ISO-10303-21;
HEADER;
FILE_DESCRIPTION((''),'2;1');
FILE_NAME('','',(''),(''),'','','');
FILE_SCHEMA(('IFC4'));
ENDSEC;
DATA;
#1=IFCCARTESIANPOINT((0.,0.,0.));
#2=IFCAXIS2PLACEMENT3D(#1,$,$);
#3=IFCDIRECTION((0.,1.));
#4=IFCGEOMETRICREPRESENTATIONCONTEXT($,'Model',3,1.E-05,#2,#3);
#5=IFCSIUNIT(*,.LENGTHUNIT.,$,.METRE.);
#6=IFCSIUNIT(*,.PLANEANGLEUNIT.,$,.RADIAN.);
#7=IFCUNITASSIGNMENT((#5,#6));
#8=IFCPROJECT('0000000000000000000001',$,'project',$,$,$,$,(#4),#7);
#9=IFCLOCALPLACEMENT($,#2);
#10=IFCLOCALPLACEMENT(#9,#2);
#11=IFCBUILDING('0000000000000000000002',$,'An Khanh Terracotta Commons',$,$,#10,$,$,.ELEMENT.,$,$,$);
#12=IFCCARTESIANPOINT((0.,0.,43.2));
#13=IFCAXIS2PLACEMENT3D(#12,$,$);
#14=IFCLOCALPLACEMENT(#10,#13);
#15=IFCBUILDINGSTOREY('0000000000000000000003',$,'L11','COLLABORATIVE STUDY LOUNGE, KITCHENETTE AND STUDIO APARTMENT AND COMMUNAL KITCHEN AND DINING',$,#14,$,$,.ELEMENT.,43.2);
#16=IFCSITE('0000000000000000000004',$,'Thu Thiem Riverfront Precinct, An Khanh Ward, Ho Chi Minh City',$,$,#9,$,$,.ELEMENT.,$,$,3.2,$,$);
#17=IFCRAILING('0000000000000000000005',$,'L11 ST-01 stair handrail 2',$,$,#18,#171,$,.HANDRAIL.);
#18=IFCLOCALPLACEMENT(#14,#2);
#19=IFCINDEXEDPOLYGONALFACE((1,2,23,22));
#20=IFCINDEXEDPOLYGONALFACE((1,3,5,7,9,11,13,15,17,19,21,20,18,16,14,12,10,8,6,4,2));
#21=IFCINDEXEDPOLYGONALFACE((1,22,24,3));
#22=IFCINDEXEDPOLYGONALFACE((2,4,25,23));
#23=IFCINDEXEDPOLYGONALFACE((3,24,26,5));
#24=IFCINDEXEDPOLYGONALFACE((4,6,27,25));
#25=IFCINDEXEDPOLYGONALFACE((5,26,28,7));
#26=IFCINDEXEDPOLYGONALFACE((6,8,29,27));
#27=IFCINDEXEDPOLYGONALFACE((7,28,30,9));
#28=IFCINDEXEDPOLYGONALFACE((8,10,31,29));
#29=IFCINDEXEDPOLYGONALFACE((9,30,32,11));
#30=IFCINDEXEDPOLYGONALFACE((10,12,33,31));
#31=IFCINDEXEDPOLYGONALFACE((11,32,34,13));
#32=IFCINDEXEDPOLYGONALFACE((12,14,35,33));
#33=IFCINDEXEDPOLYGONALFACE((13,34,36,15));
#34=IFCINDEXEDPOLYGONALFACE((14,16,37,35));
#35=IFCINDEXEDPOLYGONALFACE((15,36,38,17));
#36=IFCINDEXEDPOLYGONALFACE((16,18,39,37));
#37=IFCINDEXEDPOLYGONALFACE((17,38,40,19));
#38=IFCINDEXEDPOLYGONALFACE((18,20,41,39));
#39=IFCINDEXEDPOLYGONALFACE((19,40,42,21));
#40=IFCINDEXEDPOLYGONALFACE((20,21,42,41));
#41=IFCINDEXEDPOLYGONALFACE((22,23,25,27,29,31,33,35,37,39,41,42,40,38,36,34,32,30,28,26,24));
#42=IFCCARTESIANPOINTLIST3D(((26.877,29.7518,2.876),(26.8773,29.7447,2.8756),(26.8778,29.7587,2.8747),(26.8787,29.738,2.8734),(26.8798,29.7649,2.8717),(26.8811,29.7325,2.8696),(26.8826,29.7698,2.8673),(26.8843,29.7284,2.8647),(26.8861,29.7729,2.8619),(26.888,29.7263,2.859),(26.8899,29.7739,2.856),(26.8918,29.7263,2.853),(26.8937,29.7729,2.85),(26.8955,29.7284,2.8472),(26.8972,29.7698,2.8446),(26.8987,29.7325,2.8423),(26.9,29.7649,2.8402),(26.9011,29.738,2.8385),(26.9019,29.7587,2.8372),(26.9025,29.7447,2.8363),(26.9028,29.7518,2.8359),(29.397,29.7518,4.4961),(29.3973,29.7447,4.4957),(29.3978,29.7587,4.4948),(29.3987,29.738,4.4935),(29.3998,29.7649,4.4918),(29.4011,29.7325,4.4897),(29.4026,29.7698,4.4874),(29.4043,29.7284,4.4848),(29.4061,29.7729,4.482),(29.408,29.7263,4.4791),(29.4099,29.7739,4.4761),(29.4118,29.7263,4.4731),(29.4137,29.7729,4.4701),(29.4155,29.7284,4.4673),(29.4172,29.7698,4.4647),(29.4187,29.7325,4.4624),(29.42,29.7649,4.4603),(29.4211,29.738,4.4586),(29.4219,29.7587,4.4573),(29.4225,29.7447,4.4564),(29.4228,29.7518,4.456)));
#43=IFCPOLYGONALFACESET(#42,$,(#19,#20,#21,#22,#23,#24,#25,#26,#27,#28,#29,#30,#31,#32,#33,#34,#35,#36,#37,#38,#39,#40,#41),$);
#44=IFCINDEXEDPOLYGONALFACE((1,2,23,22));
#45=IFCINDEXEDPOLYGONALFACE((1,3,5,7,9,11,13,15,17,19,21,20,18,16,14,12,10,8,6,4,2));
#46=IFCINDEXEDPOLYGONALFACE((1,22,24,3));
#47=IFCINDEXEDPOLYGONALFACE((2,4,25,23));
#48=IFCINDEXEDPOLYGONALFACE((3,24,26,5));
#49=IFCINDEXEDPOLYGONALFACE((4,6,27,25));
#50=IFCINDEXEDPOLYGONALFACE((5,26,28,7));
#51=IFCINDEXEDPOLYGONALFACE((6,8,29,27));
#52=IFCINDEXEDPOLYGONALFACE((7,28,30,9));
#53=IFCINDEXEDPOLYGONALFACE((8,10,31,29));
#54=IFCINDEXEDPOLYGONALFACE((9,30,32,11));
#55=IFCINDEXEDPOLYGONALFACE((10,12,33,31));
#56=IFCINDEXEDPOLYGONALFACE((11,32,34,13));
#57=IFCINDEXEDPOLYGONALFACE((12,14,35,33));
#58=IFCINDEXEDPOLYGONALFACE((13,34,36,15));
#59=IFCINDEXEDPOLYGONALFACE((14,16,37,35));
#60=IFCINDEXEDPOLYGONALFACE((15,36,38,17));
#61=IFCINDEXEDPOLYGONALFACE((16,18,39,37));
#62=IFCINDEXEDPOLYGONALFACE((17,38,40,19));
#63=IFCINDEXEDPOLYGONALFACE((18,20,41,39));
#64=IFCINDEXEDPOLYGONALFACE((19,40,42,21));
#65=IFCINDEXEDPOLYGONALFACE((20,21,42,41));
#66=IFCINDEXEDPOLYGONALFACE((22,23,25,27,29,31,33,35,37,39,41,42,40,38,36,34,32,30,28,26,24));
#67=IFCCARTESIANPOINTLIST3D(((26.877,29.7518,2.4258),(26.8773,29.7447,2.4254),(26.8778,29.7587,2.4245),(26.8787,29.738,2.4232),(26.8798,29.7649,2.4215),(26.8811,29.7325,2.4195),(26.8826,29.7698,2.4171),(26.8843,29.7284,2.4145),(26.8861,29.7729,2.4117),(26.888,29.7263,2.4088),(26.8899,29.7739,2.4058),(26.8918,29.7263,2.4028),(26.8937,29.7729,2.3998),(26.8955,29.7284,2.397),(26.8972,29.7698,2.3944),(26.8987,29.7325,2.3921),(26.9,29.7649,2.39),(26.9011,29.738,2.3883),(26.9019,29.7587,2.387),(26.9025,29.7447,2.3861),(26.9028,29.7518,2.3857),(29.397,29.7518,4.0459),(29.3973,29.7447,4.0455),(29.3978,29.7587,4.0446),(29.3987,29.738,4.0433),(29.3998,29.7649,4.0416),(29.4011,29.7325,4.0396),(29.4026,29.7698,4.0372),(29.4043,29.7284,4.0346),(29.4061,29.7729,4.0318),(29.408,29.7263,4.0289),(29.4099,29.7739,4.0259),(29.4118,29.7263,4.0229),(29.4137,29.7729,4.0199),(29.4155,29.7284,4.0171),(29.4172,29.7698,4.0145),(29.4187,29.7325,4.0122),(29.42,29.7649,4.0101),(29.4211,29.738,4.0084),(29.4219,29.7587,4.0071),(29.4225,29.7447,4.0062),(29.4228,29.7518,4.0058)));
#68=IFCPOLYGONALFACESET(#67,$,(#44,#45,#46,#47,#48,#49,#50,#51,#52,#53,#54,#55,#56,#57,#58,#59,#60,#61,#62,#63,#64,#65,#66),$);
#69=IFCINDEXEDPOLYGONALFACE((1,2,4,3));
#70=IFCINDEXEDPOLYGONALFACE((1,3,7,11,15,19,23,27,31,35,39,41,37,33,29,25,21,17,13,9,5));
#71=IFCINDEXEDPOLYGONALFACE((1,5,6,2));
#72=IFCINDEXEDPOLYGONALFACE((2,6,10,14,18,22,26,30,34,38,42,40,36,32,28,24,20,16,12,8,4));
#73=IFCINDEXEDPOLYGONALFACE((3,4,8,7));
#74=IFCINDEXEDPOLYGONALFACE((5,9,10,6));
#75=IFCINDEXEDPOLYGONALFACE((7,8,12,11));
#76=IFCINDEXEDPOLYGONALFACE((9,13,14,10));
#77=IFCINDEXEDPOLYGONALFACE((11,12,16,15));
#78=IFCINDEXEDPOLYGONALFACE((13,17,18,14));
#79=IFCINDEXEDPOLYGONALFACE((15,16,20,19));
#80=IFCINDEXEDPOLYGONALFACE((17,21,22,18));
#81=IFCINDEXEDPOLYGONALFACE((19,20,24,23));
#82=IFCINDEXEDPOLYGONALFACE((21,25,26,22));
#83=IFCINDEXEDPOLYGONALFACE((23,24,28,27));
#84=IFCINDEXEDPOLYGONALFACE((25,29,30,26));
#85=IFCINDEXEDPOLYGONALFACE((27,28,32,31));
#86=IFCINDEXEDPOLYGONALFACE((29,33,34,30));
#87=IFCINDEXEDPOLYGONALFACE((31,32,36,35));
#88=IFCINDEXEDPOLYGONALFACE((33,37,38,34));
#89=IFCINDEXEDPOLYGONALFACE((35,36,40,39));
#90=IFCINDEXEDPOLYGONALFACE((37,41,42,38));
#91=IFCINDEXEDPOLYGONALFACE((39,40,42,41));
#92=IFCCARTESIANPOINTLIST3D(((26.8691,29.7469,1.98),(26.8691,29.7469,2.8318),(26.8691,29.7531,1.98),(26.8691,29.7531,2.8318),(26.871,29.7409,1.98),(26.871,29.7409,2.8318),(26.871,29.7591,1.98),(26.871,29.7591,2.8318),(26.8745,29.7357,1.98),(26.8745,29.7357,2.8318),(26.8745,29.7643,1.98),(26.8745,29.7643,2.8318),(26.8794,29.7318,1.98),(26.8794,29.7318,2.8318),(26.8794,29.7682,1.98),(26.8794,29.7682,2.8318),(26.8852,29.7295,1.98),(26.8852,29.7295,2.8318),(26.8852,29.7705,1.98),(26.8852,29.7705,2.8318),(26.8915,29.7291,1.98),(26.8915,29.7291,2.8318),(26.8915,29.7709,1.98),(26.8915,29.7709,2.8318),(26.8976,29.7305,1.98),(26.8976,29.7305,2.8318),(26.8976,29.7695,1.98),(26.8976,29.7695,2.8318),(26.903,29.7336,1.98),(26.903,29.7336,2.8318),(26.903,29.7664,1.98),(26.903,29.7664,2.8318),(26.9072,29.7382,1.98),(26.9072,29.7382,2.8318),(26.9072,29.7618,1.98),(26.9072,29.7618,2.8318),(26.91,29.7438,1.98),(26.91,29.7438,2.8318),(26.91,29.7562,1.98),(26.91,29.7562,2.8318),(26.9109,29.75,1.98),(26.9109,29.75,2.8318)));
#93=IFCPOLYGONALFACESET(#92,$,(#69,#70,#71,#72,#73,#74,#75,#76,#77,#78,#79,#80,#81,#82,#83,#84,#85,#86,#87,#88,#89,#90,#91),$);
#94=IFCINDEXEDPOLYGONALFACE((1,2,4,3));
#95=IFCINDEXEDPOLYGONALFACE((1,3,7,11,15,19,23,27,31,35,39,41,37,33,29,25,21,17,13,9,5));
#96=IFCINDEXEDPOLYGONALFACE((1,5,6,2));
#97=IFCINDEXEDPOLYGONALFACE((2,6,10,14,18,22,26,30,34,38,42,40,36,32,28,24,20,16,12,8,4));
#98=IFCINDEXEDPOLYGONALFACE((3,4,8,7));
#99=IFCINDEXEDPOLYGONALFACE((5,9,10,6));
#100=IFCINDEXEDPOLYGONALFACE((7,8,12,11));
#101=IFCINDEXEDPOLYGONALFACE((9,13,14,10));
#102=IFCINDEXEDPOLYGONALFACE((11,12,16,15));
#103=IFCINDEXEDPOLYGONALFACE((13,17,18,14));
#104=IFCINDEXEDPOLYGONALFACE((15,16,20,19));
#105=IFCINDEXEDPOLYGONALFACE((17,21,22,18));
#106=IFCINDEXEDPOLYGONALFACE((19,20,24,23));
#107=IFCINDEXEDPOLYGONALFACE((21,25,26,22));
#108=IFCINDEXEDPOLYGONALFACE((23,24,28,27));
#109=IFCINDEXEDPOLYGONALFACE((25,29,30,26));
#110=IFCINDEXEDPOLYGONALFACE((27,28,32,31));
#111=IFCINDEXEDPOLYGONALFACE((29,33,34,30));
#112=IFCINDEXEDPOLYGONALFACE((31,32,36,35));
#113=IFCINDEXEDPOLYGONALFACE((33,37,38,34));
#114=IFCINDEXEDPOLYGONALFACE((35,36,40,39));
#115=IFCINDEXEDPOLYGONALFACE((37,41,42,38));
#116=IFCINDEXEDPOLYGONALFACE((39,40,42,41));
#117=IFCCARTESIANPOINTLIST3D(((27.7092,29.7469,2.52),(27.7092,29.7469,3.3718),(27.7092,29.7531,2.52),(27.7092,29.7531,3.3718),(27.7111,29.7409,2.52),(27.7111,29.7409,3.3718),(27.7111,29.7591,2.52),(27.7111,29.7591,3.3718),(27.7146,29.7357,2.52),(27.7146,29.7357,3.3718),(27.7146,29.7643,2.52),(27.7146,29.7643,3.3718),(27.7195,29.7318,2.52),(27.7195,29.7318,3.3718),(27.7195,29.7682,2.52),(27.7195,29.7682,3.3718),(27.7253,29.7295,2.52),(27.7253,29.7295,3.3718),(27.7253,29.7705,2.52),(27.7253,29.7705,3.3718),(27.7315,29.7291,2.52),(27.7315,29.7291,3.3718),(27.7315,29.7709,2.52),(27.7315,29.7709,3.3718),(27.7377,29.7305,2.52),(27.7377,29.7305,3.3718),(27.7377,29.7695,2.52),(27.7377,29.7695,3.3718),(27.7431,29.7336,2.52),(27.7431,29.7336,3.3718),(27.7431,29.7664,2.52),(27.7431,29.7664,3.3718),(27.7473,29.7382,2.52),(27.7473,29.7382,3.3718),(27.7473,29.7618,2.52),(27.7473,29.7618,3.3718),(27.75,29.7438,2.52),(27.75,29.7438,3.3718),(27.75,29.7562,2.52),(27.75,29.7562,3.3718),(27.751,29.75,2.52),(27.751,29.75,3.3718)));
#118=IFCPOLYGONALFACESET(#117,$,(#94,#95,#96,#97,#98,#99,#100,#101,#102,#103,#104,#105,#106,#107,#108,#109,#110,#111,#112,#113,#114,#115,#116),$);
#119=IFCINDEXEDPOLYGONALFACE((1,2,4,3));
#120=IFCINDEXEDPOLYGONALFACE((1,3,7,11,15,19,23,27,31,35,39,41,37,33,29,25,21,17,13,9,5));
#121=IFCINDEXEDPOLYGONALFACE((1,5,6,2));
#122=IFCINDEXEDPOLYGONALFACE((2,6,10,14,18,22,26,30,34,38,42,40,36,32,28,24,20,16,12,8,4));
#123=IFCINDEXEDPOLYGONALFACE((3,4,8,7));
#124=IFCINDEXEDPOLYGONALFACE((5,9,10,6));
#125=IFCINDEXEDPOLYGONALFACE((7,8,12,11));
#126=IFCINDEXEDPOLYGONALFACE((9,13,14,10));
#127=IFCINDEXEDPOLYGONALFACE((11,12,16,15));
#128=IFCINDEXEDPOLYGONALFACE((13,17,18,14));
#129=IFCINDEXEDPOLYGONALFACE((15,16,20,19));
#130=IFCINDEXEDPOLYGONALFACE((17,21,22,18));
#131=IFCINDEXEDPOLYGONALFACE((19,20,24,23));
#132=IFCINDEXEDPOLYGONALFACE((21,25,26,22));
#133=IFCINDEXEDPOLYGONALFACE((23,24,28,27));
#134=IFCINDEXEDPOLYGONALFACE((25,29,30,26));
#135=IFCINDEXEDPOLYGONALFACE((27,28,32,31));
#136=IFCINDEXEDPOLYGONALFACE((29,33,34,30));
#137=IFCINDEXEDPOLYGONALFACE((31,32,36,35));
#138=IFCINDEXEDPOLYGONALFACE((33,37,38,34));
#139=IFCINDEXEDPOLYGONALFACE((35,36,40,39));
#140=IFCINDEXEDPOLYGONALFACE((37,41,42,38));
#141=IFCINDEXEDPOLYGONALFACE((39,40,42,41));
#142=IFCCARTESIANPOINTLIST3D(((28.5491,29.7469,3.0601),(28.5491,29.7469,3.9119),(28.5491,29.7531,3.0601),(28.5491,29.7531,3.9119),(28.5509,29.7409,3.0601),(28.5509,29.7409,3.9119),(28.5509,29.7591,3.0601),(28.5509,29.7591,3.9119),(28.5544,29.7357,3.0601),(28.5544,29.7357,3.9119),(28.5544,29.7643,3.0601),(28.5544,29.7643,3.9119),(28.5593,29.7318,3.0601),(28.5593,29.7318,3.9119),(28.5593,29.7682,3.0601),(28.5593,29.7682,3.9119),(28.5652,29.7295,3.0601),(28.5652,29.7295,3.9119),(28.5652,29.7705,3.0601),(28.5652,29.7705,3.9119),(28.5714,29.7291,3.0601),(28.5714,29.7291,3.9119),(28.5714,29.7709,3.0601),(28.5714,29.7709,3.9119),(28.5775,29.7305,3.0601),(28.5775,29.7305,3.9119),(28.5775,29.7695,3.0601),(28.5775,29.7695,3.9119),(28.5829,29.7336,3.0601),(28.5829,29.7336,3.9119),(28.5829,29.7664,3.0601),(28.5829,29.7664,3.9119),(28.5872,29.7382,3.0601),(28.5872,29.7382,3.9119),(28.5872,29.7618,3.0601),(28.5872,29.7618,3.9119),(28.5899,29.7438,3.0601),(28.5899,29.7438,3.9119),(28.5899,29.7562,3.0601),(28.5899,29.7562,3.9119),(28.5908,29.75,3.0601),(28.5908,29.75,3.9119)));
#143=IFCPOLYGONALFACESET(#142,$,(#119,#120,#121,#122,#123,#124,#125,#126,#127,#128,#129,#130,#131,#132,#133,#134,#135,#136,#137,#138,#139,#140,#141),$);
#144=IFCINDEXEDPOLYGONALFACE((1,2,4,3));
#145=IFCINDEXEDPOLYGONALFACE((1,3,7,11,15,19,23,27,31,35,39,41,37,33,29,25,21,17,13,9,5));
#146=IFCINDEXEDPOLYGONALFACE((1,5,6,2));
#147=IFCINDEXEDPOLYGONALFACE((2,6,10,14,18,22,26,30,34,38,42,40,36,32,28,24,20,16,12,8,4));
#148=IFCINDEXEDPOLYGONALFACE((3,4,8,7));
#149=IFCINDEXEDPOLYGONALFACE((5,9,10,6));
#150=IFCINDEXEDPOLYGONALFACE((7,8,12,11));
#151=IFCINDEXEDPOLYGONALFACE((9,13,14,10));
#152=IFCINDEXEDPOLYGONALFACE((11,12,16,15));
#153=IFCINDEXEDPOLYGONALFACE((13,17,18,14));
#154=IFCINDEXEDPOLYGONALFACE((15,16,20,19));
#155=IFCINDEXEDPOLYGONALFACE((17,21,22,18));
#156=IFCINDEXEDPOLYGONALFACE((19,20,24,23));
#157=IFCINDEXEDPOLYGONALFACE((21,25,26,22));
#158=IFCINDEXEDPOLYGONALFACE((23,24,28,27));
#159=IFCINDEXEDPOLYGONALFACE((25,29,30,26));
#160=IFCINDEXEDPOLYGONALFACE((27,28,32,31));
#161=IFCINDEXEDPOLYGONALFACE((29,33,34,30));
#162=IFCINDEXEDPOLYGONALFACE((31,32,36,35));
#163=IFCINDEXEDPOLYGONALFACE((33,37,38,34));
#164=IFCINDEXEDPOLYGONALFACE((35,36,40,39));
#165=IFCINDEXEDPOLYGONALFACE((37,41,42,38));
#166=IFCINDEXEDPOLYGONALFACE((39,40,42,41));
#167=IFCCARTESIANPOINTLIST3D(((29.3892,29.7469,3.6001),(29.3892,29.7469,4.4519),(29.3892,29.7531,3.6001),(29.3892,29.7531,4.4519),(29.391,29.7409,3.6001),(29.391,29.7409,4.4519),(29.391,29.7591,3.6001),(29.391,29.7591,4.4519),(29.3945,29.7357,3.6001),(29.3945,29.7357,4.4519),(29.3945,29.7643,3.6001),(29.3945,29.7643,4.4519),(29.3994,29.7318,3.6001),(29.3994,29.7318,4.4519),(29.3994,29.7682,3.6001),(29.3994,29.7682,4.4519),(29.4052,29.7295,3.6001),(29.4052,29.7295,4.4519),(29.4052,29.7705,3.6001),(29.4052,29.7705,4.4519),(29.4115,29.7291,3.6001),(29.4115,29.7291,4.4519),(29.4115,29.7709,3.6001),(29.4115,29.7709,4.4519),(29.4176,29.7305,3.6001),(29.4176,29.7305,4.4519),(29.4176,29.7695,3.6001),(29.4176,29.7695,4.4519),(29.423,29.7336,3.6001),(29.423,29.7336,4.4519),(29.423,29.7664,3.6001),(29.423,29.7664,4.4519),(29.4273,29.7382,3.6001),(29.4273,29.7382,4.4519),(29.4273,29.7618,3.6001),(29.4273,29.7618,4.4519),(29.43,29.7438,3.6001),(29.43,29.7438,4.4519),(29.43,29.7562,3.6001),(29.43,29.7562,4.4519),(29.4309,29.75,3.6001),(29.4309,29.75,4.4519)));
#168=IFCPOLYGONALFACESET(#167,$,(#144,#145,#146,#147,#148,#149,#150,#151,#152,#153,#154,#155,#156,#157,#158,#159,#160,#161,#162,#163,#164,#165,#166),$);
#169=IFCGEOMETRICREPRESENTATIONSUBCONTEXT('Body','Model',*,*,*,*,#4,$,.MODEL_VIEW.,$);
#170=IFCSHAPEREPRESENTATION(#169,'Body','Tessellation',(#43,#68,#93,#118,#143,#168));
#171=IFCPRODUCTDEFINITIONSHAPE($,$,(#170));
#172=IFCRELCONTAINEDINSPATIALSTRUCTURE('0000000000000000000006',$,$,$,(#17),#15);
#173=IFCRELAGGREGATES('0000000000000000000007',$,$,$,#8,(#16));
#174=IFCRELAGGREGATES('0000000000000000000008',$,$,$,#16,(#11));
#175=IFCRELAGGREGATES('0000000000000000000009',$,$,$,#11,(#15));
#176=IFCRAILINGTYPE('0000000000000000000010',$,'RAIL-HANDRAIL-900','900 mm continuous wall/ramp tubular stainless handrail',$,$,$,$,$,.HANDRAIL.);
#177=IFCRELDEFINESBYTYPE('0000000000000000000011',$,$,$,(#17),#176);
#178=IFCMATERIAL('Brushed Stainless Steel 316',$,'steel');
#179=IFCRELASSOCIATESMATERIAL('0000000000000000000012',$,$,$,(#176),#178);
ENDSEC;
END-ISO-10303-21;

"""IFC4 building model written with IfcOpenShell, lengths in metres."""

from ifc_helpers import new_model, si_unit, direction, frame, origin, origin_2d, place, context, subcontext, project, spatial, circle, extrude, material, type_object, element, save


model = new_model("IFC4")

# Units and contexts
model_context = context("Model", 3, precision=1e-05, world=origin(), true_north=direction((0.0, 1.0)))
body_context = subcontext(model_context, "Body", "Model", "MODEL_VIEW")
ifc_project = project(units=[si_unit("LENGTHUNIT", "METRE"), si_unit("PLANEANGLEUNIT", "RADIAN")], contexts=[model_context])

# Site, building, storey
site_placement = place(None, origin())
site = spatial("IfcSite", under=ifc_project, at=site_placement, Name="Thu Thiem Riverfront Precinct, An Khanh Ward, Ho Chi Minh City", CompositionType="ELEMENT", RefElevation=3.2)
building_placement = place(site_placement, origin())
building = spatial("IfcBuilding", under=site, at=building_placement, Name="An Khanh Terracotta Commons", CompositionType="ELEMENT")
storey_placement = place(building_placement, frame((0.0, 0.0, 43.2)))
storey = spatial("IfcBuildingStorey", under=building, at=storey_placement, Name="L11", Description="COLLABORATIVE STUDY LOUNGE, KITCHENETTE AND STUDIO APARTMENT AND COMMUNAL KITCHEN AND DINING", CompositionType="ELEMENT", Elevation=43.2)

# Railing
ifc_material_1 = material(Name="Brushed Stainless Steel 316", Category="steel")
railing_type_1 = type_object("IfcRailingType", Name="RAIL-HANDRAIL-900", Description="900 mm continuous wall/ramp tubular stainless handrail", PredefinedType="HANDRAIL", material=ifc_material_1)
railing_1_placement = place(storey_placement, frame((26.8899, 29.75, 1.98)))
element("IfcRailing", 1, at=railing_1_placement, inside=storey, type_object=railing_type_1, Name="L11 ST-01 stair handrail 2", PredefinedType="HANDRAIL", context=body_context, shape_type="SweptSolid", body=[
    extrude(circle(Radius=0.0239, at=origin_2d()), frame((0.0, 0.0, 0.876), z_axis=(0.841163, 0.0, 0.540782), x_axis=(0.0, 1.0, 0.0)), (0.0, 0.0, 1.0), 2.9958),
    extrude(circle(Radius=0.0239, at=origin_2d()), frame((0.0, 0.0, 0.4258), z_axis=(0.841163, 0.0, 0.540782), x_axis=(0.0, 1.0, 0.0)), (0.0, 0.0, 1.0), 2.9958),
    extrude(circle(Radius=0.021, at=origin_2d()), origin(), (0.0, 0.0, 1.0), 0.8518),
    extrude(circle(Radius=0.021, at=origin_2d()), frame((0.8401, 0.0, 0.54)), (0.0, 0.0, 1.0), 0.8518),
    extrude(circle(Radius=0.021, at=origin_2d()), frame((1.6799, 0.0, 1.0801)), (0.0, 0.0, 1.0), 0.8518),
    extrude(circle(Radius=0.021, at=origin_2d()), frame((2.52, 0.0, 1.6201)), (0.0, 0.0, 1.0), 0.8518),
])

save(model, "model.ifc")
